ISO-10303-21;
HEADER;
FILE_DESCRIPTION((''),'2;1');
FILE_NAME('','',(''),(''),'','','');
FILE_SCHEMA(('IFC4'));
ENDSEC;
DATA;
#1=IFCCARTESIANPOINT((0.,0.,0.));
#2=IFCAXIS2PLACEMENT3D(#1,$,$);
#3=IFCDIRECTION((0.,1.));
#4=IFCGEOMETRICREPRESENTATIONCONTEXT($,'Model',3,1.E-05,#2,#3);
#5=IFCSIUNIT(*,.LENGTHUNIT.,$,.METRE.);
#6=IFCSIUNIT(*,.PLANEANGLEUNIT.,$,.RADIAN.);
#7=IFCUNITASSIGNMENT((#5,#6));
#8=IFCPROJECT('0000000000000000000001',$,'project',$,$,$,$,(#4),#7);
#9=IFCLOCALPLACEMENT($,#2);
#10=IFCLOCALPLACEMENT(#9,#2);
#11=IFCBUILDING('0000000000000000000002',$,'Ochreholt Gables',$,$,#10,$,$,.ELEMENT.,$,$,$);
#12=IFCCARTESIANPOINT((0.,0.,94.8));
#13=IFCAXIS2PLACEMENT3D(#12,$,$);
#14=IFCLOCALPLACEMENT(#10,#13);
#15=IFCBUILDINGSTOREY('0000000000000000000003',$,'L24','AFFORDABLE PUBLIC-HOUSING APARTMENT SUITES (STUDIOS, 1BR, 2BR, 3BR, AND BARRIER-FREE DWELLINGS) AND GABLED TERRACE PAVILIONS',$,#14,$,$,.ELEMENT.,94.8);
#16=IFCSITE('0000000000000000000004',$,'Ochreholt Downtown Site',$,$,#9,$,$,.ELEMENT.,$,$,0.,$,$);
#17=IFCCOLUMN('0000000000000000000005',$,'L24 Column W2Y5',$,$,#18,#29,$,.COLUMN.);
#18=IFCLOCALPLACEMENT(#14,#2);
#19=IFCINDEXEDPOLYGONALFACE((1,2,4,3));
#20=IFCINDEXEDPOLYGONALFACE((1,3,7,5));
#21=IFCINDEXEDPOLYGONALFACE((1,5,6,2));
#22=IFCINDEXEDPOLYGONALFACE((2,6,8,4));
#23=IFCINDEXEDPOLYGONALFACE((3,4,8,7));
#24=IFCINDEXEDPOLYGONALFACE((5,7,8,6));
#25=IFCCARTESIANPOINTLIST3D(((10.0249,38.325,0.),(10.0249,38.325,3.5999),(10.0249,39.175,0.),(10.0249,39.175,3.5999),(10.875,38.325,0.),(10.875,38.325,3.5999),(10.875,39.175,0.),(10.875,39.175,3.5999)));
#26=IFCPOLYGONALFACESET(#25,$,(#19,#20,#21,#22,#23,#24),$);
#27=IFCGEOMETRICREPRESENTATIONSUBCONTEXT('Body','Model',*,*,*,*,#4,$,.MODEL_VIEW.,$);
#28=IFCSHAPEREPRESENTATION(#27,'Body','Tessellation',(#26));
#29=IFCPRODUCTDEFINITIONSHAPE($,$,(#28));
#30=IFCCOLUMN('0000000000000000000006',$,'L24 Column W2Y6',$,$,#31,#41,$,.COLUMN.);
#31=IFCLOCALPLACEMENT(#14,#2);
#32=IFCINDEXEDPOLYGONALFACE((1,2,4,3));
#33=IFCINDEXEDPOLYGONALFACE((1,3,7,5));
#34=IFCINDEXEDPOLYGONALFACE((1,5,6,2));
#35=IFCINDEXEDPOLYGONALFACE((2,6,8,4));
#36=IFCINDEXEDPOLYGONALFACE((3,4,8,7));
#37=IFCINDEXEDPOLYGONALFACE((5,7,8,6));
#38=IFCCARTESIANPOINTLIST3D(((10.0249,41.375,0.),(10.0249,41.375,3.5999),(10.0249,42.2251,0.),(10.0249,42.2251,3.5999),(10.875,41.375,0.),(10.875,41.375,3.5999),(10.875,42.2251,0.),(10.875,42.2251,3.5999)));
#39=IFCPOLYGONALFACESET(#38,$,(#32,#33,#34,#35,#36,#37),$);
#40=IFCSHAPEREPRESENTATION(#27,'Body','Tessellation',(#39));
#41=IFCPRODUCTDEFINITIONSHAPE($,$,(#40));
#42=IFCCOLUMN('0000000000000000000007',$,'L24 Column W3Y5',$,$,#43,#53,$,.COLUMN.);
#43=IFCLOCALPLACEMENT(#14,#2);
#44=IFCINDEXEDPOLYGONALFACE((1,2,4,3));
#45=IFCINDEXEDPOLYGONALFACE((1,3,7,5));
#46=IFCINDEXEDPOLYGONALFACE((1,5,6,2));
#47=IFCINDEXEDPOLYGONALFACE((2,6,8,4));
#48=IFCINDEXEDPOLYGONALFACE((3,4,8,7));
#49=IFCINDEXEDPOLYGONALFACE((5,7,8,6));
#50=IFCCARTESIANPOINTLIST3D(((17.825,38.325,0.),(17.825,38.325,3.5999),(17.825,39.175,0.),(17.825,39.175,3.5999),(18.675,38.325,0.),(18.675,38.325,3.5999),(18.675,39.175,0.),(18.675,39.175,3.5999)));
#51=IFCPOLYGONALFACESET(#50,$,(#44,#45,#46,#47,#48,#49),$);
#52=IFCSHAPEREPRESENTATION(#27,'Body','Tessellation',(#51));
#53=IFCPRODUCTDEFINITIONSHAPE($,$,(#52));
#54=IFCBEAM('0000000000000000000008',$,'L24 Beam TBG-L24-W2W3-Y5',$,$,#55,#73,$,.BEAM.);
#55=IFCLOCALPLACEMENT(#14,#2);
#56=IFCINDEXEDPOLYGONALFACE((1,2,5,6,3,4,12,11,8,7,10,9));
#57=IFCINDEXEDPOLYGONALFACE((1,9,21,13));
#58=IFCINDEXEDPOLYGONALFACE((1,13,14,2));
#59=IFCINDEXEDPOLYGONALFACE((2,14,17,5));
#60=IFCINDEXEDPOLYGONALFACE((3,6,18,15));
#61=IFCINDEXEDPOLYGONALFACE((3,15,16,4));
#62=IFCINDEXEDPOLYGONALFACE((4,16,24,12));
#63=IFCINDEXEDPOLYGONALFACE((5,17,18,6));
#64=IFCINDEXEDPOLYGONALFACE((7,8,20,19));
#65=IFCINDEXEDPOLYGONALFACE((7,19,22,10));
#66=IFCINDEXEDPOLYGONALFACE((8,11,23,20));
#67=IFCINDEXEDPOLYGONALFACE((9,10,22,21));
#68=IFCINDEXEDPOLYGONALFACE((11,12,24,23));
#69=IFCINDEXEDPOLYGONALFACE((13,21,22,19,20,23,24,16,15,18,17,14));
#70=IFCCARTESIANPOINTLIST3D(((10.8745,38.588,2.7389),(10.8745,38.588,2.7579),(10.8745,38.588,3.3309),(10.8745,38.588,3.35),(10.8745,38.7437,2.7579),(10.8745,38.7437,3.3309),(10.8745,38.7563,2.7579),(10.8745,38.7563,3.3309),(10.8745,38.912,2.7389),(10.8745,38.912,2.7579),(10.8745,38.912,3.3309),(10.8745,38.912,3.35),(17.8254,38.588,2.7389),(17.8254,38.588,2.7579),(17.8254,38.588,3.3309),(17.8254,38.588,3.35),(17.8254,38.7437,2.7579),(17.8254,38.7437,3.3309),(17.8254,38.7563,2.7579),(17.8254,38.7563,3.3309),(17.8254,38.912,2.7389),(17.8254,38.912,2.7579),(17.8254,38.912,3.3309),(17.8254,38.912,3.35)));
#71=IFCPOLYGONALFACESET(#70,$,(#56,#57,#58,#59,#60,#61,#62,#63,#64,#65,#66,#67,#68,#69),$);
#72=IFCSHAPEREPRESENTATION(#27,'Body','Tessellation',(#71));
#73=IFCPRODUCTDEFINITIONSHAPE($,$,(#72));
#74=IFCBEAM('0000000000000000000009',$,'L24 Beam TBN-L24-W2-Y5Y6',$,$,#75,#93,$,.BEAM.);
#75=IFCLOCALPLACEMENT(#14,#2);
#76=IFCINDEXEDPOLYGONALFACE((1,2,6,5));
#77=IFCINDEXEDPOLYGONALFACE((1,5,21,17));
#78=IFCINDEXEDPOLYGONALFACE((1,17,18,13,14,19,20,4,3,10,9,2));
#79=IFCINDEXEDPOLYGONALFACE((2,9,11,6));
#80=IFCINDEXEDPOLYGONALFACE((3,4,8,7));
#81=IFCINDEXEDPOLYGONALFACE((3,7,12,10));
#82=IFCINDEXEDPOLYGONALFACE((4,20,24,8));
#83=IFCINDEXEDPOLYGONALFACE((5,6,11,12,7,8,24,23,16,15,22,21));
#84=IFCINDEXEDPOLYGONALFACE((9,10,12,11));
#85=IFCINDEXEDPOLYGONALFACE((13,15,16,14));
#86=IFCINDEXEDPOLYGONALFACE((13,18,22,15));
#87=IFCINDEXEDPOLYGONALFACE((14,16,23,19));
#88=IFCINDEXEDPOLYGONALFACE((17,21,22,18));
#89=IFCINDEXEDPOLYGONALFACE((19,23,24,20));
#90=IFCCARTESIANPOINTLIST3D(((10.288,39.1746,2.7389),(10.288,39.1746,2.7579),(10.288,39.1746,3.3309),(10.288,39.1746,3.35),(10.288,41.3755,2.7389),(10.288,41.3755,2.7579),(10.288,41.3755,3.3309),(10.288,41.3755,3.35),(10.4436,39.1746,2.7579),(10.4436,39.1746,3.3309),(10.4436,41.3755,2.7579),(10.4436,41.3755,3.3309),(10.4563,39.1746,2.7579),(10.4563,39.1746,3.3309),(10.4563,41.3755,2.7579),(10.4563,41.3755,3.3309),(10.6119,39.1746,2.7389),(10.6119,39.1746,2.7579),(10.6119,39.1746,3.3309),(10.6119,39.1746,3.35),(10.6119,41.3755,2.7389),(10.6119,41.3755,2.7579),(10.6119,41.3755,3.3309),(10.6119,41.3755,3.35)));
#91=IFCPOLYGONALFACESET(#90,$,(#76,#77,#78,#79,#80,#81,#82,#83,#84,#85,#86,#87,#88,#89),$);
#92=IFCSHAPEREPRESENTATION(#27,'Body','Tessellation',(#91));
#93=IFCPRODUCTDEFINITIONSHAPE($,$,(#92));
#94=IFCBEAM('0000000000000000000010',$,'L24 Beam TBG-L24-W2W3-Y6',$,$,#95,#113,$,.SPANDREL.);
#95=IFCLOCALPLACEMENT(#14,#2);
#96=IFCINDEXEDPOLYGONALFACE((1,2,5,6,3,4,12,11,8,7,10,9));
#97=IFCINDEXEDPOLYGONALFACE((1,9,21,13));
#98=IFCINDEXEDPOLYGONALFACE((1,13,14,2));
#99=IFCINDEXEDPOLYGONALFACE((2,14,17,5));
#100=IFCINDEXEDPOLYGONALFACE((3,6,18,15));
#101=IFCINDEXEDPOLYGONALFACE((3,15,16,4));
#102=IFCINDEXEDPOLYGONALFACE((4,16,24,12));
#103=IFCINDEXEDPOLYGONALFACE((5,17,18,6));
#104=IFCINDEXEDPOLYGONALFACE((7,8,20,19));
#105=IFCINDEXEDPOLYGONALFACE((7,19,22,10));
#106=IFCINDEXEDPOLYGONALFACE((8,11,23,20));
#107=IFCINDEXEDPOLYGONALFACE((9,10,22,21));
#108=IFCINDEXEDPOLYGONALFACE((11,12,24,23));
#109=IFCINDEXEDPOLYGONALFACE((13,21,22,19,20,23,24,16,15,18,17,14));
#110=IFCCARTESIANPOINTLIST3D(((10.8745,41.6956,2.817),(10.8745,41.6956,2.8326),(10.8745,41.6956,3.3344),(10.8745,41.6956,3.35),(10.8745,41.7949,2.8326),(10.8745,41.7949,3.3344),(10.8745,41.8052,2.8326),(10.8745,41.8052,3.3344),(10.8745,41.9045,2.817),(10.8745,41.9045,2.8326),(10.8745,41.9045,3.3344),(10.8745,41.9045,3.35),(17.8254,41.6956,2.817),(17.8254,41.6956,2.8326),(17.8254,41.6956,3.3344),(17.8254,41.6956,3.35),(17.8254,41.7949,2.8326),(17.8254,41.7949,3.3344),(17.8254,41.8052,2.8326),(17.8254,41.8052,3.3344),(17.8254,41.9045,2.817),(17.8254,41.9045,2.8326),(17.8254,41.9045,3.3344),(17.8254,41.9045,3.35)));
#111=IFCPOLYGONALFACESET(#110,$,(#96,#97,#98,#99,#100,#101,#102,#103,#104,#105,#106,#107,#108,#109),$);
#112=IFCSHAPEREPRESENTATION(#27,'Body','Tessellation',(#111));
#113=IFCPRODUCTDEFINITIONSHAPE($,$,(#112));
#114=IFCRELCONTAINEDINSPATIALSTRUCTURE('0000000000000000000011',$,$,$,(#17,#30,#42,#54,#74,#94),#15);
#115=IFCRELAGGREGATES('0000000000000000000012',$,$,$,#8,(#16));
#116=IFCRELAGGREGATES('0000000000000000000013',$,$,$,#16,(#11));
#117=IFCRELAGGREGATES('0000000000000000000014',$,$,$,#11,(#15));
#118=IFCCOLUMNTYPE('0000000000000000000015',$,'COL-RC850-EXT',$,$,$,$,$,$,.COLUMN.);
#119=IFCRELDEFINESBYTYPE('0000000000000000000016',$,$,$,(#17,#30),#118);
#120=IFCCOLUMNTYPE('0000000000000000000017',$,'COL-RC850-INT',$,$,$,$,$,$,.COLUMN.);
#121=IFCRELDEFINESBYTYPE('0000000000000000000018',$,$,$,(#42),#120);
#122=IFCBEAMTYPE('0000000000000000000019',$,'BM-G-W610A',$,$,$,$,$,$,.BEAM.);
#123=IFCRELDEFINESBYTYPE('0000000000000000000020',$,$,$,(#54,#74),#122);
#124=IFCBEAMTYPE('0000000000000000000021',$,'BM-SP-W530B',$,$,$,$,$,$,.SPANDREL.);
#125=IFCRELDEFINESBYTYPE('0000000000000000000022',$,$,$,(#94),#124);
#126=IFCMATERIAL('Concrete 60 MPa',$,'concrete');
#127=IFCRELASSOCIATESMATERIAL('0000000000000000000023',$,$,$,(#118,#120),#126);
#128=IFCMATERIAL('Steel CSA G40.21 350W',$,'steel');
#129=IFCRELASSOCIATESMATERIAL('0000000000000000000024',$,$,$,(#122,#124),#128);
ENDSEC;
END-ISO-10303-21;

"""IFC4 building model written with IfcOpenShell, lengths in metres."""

from ifc_helpers import new_model, si_unit, direction, frame, origin, origin_2d, place, context, subcontext, project, spatial, rectangle, i_section, extrude, material, material_profile, profile_set, type_object, element, save


model = new_model("IFC4")

# Units and contexts
model_context = context("Model", 3, precision=1e-05, world=origin(), true_north=direction((0.0, 1.0)))
body_context = subcontext(model_context, "Body", "Model", "MODEL_VIEW")
ifc_project = project(units=[si_unit("LENGTHUNIT", "METRE"), si_unit("PLANEANGLEUNIT", "RADIAN")], contexts=[model_context])

# Site, building, storey
site_placement = place(None, origin())
site = spatial("IfcSite", under=ifc_project, at=site_placement, Name="Ochreholt Downtown Site", CompositionType="ELEMENT", RefElevation=0.0)
building_placement = place(site_placement, origin())
building = spatial("IfcBuilding", under=site, at=building_placement, Name="Ochreholt Gables", CompositionType="ELEMENT")
storey_placement = place(building_placement, frame((0.0, 0.0, 94.8)))
storey = spatial("IfcBuildingStorey", under=building, at=storey_placement, Name="L24", Description="AFFORDABLE PUBLIC-HOUSING APARTMENT SUITES (STUDIOS, 1BR, 2BR, 3BR, AND BARRIER-FREE DWELLINGS) AND GABLED TERRACE PAVILIONS", CompositionType="ELEMENT", Elevation=94.8)

# Columns
ifc_material_1 = material(Name="Concrete 60 MPa", Category="concrete")
ifc_material_profile_1 = material_profile(ifc_material_1, rectangle(XDim=0.8501, YDim=0.8501, at=origin_2d()), Name="RC850X850")
ifc_profile_set_1 = profile_set([ifc_material_profile_1], Name="Concrete 60 MPa")
column_type_1 = type_object("IfcColumnType", Name="COL-RC850-EXT", PredefinedType="COLUMN", material=ifc_profile_set_1)
for number, where, z_axis, x_axis, name in (
    (1, (10.45, 38.75, 0.0), (0.0, 0.0, 1.0), (1.0, 0.0, 0.0), "L24 Column W2Y5"),
    (2, (10.45, 41.8, 0.0), (0.0, 0.0, 1.0), (1.0, 0.0, 0.0), "L24 Column W2Y6"),
):
    element("IfcColumn", number, at=place(storey_placement, frame(where, z_axis=z_axis, x_axis=x_axis)), inside=storey, type_object=column_type_1, Name=name, PredefinedType="COLUMN", context=body_context, shape_type="SweptSolid", body=[
        extrude(rectangle(XDim=0.8501, YDim=0.8501, at=origin_2d()), origin(), (0.0, 0.0, 1.0), 3.5999),
    ])
ifc_material_profile_2 = material_profile(ifc_material_1, rectangle(XDim=0.8501, YDim=0.8501, at=origin_2d()), Name="RC850X850")
ifc_profile_set_2 = profile_set([ifc_material_profile_2], Name="Concrete 60 MPa")
column_type_2 = type_object("IfcColumnType", Name="COL-RC850-INT", PredefinedType="COLUMN", material=ifc_profile_set_2)
column_placement = place(storey_placement, frame((18.25, 38.75, 0.0), z_axis=(0.0, 0.0, 1.0), x_axis=(1.0, 0.0, 0.0)))
element("IfcColumn", 3, at=column_placement, inside=storey, type_object=column_type_2, Name="L24 Column W3Y5", PredefinedType="COLUMN", context=body_context, shape_type="SweptSolid", body=[
    extrude(rectangle(XDim=0.8501, YDim=0.8501, at=origin_2d()), origin(), (0.0, 0.0, 1.0), 3.5999),
])

# Beams
ifc_material_2 = material(Name="Steel CSA G40.21 350W", Category="steel")
ifc_material_profile_3 = material_profile(ifc_material_2, i_section(OverallWidth=0.324, OverallDepth=0.6111, WebThickness=0.0127, FlangeThickness=0.019, at=origin_2d()), Name="W610X155")
ifc_profile_set_3 = profile_set([ifc_material_profile_3], Name="Steel CSA G40.21 350W")
beam_type_1 = type_object("IfcBeamType", Name="BM-G-W610A", PredefinedType="BEAM", material=ifc_profile_set_3)
beam_1_placement = place(storey_placement, frame((10.8745, 38.75, 3.0444), z_axis=(1.0, 0.0, 0.0), x_axis=(0.0, 1.0, 0.0)))
element("IfcBeam", 4, at=beam_1_placement, inside=storey, type_object=beam_type_1, Name="L24 Beam TBG-L24-W2W3-Y5", PredefinedType="BEAM", context=body_context, shape_type="SweptSolid", body=[
    extrude(i_section(OverallWidth=0.324, OverallDepth=0.6111, WebThickness=0.0127, FlangeThickness=0.019, at=origin_2d()), origin(), (0.0, 0.0, 1.0), 6.9509),
])
beam_2_placement = place(storey_placement, frame((10.45, 39.1746, 3.0444), z_axis=(0.0, 1.0, 0.0), x_axis=(-1.0, 0.0, 0.0)))
element("IfcBeam", 5, at=beam_2_placement, inside=storey, type_object=beam_type_1, Name="L24 Beam TBN-L24-W2-Y5Y6", PredefinedType="BEAM", context=body_context, shape_type="SweptSolid", body=[
    extrude(i_section(OverallWidth=0.324, OverallDepth=0.6111, WebThickness=0.0127, FlangeThickness=0.019, at=origin_2d()), origin(), (0.0, 0.0, 1.0), 2.2009),
])
ifc_material_profile_4 = material_profile(ifc_material_2, i_section(OverallWidth=0.209, OverallDepth=0.533, WebThickness=0.0103, FlangeThickness=0.0156, at=origin_2d()), Name="W530X92")
ifc_profile_set_4 = profile_set([ifc_material_profile_4], Name="Steel CSA G40.21 350W")
beam_type_2 = type_object("IfcBeamType", Name="BM-SP-W530B", PredefinedType="SPANDREL", material=ifc_profile_set_4)
beam_3_placement = place(storey_placement, frame((10.8745, 41.8, 3.0835), z_axis=(1.0, 0.0, 0.0), x_axis=(0.0, 1.0, 0.0)))
element("IfcBeam", 6, at=beam_3_placement, inside=storey, type_object=beam_type_2, Name="L24 Beam TBG-L24-W2W3-Y6", PredefinedType="SPANDREL", context=body_context, shape_type="SweptSolid", body=[
    extrude(i_section(OverallWidth=0.209, OverallDepth=0.533, WebThickness=0.0103, FlangeThickness=0.0156, at=origin_2d()), origin(), (0.0, 0.0, 1.0), 6.9509),
])

save(model, "model.ifc")
